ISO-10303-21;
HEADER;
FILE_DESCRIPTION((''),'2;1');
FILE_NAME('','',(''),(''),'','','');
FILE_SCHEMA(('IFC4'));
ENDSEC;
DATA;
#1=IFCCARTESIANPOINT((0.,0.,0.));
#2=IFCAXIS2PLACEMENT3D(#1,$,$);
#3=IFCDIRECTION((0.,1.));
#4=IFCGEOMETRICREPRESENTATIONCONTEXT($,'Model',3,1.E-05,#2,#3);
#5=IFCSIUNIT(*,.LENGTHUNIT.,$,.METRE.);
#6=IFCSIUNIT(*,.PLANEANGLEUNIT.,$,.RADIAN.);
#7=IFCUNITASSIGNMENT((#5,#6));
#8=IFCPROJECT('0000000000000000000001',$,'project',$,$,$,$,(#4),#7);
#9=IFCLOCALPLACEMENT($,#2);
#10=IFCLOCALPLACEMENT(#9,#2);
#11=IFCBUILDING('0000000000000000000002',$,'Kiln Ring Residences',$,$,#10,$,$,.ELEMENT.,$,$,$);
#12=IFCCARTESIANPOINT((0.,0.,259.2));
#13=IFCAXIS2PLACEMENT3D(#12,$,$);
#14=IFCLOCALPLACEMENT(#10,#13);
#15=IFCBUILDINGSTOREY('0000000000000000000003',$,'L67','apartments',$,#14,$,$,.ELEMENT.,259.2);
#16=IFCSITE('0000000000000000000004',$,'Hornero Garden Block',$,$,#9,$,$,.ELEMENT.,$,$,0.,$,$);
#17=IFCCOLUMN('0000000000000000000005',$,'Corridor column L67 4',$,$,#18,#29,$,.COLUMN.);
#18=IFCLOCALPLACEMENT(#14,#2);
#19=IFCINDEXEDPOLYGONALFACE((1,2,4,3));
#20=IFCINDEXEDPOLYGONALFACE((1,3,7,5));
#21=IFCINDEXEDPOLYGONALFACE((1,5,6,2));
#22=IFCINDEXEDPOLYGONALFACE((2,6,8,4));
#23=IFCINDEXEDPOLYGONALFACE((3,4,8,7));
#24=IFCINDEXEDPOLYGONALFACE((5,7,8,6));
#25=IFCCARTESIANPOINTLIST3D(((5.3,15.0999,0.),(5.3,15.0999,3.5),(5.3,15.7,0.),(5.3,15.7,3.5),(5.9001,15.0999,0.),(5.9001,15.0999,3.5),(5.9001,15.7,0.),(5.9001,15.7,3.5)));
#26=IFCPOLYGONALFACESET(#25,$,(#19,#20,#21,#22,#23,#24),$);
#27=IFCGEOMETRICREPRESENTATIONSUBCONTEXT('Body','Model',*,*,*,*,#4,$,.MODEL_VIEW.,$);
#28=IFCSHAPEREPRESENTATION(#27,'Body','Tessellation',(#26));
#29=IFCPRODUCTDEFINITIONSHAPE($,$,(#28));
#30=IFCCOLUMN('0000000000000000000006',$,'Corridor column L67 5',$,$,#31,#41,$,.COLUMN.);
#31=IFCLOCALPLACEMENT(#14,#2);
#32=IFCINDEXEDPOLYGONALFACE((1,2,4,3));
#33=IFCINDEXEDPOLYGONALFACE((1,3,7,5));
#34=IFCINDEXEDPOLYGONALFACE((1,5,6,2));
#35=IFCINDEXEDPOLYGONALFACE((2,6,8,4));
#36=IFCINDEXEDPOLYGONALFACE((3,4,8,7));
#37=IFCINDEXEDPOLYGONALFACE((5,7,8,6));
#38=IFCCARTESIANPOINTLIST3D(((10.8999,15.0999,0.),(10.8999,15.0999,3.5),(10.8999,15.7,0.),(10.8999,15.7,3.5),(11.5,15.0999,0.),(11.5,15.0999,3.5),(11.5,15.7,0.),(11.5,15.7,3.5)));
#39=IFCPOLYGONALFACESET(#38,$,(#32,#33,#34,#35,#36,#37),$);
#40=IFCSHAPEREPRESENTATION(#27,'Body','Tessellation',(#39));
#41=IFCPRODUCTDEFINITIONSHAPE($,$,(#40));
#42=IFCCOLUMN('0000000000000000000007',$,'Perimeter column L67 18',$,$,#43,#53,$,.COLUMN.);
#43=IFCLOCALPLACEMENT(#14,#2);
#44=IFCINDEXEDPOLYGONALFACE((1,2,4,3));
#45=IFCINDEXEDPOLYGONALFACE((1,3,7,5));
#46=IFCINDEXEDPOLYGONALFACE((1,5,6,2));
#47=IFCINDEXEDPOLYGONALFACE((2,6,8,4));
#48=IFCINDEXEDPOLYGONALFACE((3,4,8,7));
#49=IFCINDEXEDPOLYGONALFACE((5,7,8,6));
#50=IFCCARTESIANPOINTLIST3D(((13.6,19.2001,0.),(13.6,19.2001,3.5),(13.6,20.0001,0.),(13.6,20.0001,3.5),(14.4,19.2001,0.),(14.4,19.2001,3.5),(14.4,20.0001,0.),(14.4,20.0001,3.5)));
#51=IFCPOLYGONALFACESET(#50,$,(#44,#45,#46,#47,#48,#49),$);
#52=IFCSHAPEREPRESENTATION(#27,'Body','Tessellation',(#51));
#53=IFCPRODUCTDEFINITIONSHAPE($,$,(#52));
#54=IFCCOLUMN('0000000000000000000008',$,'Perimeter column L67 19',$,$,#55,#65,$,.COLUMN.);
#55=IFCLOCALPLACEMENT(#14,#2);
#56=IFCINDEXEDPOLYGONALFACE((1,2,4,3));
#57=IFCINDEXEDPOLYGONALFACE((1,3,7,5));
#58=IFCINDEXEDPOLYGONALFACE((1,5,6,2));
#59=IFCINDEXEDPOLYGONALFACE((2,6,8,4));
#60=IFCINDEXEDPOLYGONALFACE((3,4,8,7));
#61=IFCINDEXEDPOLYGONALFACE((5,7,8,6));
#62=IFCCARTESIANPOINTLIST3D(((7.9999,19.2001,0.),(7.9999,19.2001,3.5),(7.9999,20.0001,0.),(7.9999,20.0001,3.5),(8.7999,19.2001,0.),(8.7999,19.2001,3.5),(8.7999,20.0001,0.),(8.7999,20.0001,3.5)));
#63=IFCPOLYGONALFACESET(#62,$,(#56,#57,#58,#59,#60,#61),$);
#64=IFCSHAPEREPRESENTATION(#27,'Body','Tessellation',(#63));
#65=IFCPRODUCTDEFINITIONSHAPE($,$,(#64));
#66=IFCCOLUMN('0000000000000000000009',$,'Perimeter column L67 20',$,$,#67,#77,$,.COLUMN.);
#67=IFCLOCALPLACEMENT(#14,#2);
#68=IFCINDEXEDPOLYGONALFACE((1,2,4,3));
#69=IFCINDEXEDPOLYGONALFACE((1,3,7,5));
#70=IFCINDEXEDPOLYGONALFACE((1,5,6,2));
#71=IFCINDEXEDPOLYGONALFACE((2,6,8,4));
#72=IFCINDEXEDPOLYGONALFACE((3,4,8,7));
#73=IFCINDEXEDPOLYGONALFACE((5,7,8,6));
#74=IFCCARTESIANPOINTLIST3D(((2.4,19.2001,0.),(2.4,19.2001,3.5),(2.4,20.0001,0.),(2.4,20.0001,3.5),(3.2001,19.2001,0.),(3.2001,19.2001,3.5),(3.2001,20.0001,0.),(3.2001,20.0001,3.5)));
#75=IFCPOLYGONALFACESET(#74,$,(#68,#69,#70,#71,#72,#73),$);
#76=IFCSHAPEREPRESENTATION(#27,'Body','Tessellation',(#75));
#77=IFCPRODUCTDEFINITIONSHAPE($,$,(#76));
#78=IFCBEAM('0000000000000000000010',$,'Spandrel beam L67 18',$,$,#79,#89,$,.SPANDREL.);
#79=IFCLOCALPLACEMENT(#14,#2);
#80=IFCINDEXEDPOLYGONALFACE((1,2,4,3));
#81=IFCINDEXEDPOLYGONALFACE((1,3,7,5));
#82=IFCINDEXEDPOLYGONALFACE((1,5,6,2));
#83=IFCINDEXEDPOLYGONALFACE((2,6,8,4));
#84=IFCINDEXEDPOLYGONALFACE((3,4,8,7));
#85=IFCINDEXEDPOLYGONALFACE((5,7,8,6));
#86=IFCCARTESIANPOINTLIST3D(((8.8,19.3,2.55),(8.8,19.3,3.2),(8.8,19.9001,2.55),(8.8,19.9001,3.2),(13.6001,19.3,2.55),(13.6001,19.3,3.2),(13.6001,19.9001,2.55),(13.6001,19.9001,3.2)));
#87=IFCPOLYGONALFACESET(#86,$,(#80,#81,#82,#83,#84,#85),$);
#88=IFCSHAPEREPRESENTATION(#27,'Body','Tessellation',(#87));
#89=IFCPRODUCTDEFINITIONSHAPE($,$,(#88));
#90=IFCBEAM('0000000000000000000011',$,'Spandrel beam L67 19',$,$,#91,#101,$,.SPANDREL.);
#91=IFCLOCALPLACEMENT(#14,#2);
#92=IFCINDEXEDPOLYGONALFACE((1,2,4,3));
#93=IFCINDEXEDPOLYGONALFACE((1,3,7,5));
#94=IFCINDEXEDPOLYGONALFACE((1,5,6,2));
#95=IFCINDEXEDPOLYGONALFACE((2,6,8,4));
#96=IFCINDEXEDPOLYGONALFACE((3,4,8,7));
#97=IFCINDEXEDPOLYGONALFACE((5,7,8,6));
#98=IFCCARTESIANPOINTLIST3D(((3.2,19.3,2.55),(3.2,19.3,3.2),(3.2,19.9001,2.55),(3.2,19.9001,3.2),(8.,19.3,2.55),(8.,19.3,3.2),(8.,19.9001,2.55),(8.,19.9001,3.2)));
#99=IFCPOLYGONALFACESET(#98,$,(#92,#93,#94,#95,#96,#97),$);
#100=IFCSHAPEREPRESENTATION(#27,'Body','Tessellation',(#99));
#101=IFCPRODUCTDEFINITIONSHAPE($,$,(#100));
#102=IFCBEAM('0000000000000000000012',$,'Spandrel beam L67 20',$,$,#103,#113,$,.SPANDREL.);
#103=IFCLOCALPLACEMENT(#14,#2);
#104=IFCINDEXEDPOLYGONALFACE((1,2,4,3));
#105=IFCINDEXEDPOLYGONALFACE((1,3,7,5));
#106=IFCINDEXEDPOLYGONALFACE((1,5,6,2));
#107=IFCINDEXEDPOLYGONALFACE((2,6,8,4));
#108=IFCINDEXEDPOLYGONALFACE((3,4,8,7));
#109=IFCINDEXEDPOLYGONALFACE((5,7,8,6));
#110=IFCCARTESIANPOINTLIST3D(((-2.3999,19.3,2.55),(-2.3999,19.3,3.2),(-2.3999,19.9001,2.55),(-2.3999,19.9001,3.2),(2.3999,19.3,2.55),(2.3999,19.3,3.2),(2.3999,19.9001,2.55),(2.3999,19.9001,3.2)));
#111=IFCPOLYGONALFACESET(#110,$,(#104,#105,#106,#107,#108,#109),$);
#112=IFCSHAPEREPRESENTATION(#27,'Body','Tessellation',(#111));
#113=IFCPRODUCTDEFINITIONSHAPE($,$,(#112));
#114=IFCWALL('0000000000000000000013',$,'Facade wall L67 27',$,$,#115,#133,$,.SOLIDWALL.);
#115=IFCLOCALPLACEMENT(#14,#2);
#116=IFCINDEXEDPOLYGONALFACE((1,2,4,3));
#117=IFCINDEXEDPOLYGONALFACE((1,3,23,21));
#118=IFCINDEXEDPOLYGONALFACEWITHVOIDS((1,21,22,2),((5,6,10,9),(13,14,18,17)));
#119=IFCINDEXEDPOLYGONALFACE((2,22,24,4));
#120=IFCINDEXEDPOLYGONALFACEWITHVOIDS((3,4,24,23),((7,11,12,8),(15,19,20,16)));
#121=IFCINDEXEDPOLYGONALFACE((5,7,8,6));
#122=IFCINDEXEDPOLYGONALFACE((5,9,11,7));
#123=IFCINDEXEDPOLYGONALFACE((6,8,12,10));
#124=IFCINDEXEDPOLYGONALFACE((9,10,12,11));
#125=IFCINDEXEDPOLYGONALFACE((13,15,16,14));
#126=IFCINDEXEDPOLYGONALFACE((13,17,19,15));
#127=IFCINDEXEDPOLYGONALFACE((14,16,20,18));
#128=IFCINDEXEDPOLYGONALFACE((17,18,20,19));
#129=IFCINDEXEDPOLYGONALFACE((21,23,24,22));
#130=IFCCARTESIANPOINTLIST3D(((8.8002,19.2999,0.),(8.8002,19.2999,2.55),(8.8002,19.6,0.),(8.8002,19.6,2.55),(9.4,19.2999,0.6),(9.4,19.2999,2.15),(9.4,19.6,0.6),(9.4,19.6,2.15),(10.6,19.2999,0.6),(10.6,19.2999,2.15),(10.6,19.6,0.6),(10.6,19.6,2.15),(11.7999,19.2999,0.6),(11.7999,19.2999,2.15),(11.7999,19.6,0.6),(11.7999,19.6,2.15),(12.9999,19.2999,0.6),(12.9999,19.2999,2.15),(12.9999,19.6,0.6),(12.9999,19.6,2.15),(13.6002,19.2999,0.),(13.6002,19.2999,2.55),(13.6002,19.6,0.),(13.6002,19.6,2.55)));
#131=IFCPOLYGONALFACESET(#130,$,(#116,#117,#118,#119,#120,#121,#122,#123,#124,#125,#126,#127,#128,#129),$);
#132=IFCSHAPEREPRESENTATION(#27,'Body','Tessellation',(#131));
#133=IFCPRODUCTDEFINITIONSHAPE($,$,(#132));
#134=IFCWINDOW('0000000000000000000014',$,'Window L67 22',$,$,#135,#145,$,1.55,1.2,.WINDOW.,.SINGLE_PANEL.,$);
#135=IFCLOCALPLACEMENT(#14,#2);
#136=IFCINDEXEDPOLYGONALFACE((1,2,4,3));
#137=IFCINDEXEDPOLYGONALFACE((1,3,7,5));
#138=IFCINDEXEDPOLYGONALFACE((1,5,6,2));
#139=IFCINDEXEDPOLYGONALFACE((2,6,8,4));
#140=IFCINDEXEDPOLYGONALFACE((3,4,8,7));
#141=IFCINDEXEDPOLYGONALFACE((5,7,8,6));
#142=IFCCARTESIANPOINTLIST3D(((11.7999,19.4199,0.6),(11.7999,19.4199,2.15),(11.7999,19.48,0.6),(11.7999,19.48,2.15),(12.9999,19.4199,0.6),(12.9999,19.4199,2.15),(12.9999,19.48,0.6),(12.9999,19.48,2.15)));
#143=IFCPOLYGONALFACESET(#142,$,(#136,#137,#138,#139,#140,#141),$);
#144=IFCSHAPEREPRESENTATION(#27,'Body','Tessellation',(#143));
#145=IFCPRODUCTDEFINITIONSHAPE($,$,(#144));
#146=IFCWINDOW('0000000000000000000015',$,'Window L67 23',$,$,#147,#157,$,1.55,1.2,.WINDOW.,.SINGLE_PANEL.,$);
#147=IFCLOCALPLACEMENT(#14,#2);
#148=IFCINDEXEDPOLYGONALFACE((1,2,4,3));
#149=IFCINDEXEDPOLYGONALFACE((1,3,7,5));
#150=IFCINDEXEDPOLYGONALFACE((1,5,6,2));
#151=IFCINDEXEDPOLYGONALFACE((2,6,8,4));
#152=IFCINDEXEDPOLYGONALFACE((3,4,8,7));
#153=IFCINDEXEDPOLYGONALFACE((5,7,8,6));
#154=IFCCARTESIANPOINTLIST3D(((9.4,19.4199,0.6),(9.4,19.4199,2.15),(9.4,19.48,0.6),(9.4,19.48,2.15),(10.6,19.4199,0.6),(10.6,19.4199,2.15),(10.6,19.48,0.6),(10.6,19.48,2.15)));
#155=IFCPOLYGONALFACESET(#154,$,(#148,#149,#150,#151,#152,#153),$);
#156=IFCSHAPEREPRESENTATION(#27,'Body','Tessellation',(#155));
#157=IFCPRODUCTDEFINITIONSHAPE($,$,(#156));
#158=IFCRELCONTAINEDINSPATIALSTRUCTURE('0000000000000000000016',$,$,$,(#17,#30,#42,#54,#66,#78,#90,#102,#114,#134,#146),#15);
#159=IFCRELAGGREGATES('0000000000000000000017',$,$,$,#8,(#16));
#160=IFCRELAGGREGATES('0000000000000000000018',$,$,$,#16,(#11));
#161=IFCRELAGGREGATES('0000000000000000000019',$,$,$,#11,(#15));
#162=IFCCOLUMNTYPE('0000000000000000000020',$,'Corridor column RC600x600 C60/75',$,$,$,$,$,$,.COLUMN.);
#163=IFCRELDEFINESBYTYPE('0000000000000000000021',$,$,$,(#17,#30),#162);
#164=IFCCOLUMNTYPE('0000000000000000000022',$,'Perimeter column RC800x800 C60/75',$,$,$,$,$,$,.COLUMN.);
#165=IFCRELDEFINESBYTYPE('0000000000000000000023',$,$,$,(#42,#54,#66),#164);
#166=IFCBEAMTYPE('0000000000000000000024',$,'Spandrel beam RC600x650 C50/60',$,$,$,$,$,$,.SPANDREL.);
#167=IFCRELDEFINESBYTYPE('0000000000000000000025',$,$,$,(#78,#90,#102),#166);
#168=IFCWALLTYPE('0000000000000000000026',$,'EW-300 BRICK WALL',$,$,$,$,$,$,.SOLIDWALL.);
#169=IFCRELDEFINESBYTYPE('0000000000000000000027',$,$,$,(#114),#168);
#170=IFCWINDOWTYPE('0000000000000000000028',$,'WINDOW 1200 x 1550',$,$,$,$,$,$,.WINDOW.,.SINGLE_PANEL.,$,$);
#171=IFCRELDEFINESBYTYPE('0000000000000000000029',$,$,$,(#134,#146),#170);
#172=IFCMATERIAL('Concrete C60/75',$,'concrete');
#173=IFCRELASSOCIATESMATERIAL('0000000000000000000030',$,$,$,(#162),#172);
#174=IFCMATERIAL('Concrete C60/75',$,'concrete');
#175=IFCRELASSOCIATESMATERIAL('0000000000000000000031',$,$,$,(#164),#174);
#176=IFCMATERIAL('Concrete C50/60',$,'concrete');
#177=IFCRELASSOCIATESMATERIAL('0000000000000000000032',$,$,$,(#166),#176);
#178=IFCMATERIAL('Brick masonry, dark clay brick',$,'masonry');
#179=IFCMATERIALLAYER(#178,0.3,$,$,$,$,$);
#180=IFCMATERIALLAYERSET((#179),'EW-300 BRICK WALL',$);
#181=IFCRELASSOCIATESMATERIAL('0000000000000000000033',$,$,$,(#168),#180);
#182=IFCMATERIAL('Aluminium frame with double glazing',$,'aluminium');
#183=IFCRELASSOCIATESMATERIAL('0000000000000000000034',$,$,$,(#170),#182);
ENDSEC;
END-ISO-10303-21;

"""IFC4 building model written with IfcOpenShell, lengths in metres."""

from ifc_helpers import new_model, si_unit, direction, frame, frame_2d, origin, origin_2d, place, context, subcontext, project, spatial, rectangle, extrude, material, layer, layer_set, material_profile, profile_set, type_object, element, fill, save


model = new_model("IFC4")

# Units and contexts
model_context = context("Model", 3, precision=1e-05, world=origin(), true_north=direction((0.0, 1.0)))
body_context = subcontext(model_context, "Body", "Model", "MODEL_VIEW")
ifc_project = project(units=[si_unit("LENGTHUNIT", "METRE"), si_unit("PLANEANGLEUNIT", "RADIAN")], contexts=[model_context])

# Site, building, storey
site_placement = place(None, origin())
site = spatial("IfcSite", under=ifc_project, at=site_placement, Name="Hornero Garden Block", CompositionType="ELEMENT", RefElevation=0.0)
building_placement = place(site_placement, origin())
building = spatial("IfcBuilding", under=site, at=building_placement, Name="Kiln Ring Residences", CompositionType="ELEMENT")
storey_placement = place(building_placement, frame((0.0, 0.0, 259.2)))
storey = spatial("IfcBuildingStorey", under=building, at=storey_placement, Name="L67", Description="apartments", CompositionType="ELEMENT", Elevation=259.2)

# Columns
ifc_material_1 = material(Name="Concrete C60/75", Category="concrete")
ifc_material_profile_1 = material_profile(ifc_material_1, rectangle(XDim=0.6001, YDim=0.6001, at=origin_2d()), Name="RC600x600")
ifc_profile_set_1 = profile_set([ifc_material_profile_1], Name="Concrete C60/75")
column_type_1 = type_object("IfcColumnType", Name="Corridor column RC600x600 C60/75", PredefinedType="COLUMN", material=ifc_profile_set_1)
for number, where, z_axis, x_axis, name in (
    (1, (5.6001, 15.3999, 0.0), (0.0, 0.0, 1.0), (1.0, 0.0, 0.0), "Corridor column L67 4"),
    (2, (11.2, 15.3999, 0.0), (0.0, 0.0, 1.0), (1.0, 0.0, 0.0), "Corridor column L67 5"),
):
    element("IfcColumn", number, at=place(storey_placement, frame(where, z_axis=z_axis, x_axis=x_axis)), inside=storey, type_object=column_type_1, Name=name, PredefinedType="COLUMN", context=body_context, shape_type="SweptSolid", body=[
        extrude(rectangle(XDim=0.6001, YDim=0.6001, at=origin_2d()), origin(), (0.0, 0.0, 1.0), 3.5),
    ])
ifc_material_2 = material(Name="Concrete C60/75", Category="concrete")
ifc_material_profile_2 = material_profile(ifc_material_2, rectangle(XDim=0.8, YDim=0.8, at=origin_2d()), Name="RC800x800")
ifc_profile_set_2 = profile_set([ifc_material_profile_2], Name="Concrete C60/75")
column_type_2 = type_object("IfcColumnType", Name="Perimeter column RC800x800 C60/75", PredefinedType="COLUMN", material=ifc_profile_set_2)
for number, where, z_axis, x_axis, name in (
    (3, (14.0, 19.6001, 0.0), (0.0, 0.0, 1.0), (1.0, 0.0, 0.0), "Perimeter column L67 18"),
    (4, (8.3999, 19.6001, 0.0), (0.0, 0.0, 1.0), (1.0, 0.0, 0.0), "Perimeter column L67 19"),
    (5, (2.8, 19.6001, 0.0), (0.0, 0.0, 1.0), (1.0, 0.0, 0.0), "Perimeter column L67 20"),
):
    element("IfcColumn", number, at=place(storey_placement, frame(where, z_axis=z_axis, x_axis=x_axis)), inside=storey, type_object=column_type_2, Name=name, PredefinedType="COLUMN", context=body_context, shape_type="SweptSolid", body=[
        extrude(rectangle(XDim=0.8, YDim=0.8, at=origin_2d()), origin(), (0.0, 0.0, 1.0), 3.5),
    ])

# Beams
ifc_material_3 = material(Name="Concrete C50/60", Category="concrete")
ifc_material_profile_3 = material_profile(ifc_material_3, rectangle(XDim=0.6001, YDim=0.6499, at=origin_2d()), Name="RC600x650")
ifc_profile_set_3 = profile_set([ifc_material_profile_3], Name="Concrete C50/60")
beam_type = type_object("IfcBeamType", Name="Spandrel beam RC600x650 C50/60", PredefinedType="SPANDREL", material=ifc_profile_set_3)
for number, where, z_axis, x_axis, name in (
    (6, (13.6001, 19.6001, 2.875), (-1.0, 0.0, 0.0), (0.0, -1.0, 0.0), "Spandrel beam L67 18"),
    (7, (8.0, 19.6001, 2.875), (-1.0, 0.0, 0.0), (0.0, -1.0, 0.0), "Spandrel beam L67 19"),
):
    element("IfcBeam", number, at=place(storey_placement, frame(where, z_axis=z_axis, x_axis=x_axis)), inside=storey, type_object=beam_type, Name=name, PredefinedType="SPANDREL", context=body_context, shape_type="SweptSolid", body=[
        extrude(rectangle(XDim=0.6001, YDim=0.6499, at=origin_2d()), origin(), (0.0, 0.0, 1.0), 4.8),
    ])
beam_placement = place(storey_placement, frame((2.3999, 19.6001, 2.875), z_axis=(-1.0, 0.0, 0.0), x_axis=(0.0, -1.0, 0.0)))
element("IfcBeam", 8, at=beam_placement, inside=storey, type_object=beam_type, Name="Spandrel beam L67 20", PredefinedType="SPANDREL", context=body_context, shape_type="SweptSolid", body=[
    extrude(rectangle(XDim=0.6001, YDim=0.6499, at=origin_2d()), origin(), (0.0, 0.0, 1.0), 4.7998),
])

# Wall, openings, windows
ifc_material_4 = material(Name="Brick masonry, dark clay brick", Category="masonry")
ifc_layer_1 = layer(ifc_material_4, 0.3)
ifc_layer_set_1 = layer_set([ifc_layer_1], Name="EW-300 BRICK WALL")
wall_type_1 = type_object("IfcWallType", Name="EW-300 BRICK WALL", PredefinedType="SOLIDWALL", material=ifc_layer_set_1)
wall_1_placement = place(storey_placement, frame((13.6001, 19.45, 0.0), z_axis=(0.0, 0.0, 1.0), x_axis=(-1.0, 0.0, 0.0)))
wall_1 = element("IfcWall", 9, at=wall_1_placement, inside=storey, type_object=wall_type_1, Name="Facade wall L67 27", PredefinedType="SOLIDWALL", context=body_context, shape_type="SweptSolid", body=[
    extrude(rectangle(XDim=4.8, YDim=0.3, at=frame_2d((2.3999, 0.0))), origin(), (0.0, 0.0, 1.0), 2.55),
])
opening_1_placement = place(wall_1_placement, frame((0.6001, 0.0, 0.6001)))
opening_1 = element("IfcOpeningElement", 10, at=opening_1_placement, cuts=wall_1, PredefinedType="OPENING", context=body_context, shape_type="SweptSolid", body=[
    extrude(rectangle(XDim=1.2, YDim=1.55, at=frame_2d((0.6001, 0.7749))), frame((0.0, 0.1599, 0.0), z_axis=(0.0, -1.0, 0.0), x_axis=(1.0, 0.0, 0.0)), (0.0, 0.0, 1.0), 0.3201),
])
opening_2_placement = place(wall_1_placement, frame((3.0, 0.0, 0.6001)))
opening_2 = element("IfcOpeningElement", 11, at=opening_2_placement, cuts=wall_1, PredefinedType="OPENING", context=body_context, shape_type="SweptSolid", body=[
    extrude(rectangle(XDim=1.2, YDim=1.55, at=frame_2d((0.6001, 0.7749))), frame((0.0, 0.1599, 0.0), z_axis=(0.0, -1.0, 0.0), x_axis=(1.0, 0.0, 0.0)), (0.0, 0.0, 1.0), 0.3201),
])
ifc_material_5 = material(Name="Aluminium frame with double glazing", Category="aluminium")
window_type_1 = type_object("IfcWindowType", Name="WINDOW 1200 x 1550", PartitioningType="SINGLE_PANEL", PredefinedType="WINDOW", material=ifc_material_5)
window_1_placement = place(opening_1_placement, origin())
window_1 = element("IfcWindow", 12, at=window_1_placement, inside=storey, type_object=window_type_1, Name="Window L67 22", OverallHeight=1.55, OverallWidth=1.2, PartitioningType="SINGLE_PANEL", PredefinedType="WINDOW", context=body_context, shape_type="SweptSolid", body=[
    extrude(rectangle(XDim=1.2, YDim=1.55, at=frame_2d((0.6001, 0.7749))), frame((0.0, 0.03, 0.0), z_axis=(0.0, -1.0, 0.0), x_axis=(1.0, 0.0, 0.0)), (0.0, 0.0, 1.0), 0.0601),
])
fill(opening_1, window_1)
window_2_placement = place(opening_2_placement, origin())
window_2 = element("IfcWindow", 13, at=window_2_placement, inside=storey, type_object=window_type_1, Name="Window L67 23", OverallHeight=1.55, OverallWidth=1.2, PartitioningType="SINGLE_PANEL", PredefinedType="WINDOW", context=body_context, shape_type="SweptSolid", body=[
    extrude(rectangle(XDim=1.2, YDim=1.55, at=frame_2d((0.6001, 0.7749))), frame((0.0, 0.03, 0.0), z_axis=(0.0, -1.0, 0.0), x_axis=(1.0, 0.0, 0.0)), (0.0, 0.0, 1.0), 0.0601),
])
fill(opening_2, window_2)

save(model, "model.ifc")
